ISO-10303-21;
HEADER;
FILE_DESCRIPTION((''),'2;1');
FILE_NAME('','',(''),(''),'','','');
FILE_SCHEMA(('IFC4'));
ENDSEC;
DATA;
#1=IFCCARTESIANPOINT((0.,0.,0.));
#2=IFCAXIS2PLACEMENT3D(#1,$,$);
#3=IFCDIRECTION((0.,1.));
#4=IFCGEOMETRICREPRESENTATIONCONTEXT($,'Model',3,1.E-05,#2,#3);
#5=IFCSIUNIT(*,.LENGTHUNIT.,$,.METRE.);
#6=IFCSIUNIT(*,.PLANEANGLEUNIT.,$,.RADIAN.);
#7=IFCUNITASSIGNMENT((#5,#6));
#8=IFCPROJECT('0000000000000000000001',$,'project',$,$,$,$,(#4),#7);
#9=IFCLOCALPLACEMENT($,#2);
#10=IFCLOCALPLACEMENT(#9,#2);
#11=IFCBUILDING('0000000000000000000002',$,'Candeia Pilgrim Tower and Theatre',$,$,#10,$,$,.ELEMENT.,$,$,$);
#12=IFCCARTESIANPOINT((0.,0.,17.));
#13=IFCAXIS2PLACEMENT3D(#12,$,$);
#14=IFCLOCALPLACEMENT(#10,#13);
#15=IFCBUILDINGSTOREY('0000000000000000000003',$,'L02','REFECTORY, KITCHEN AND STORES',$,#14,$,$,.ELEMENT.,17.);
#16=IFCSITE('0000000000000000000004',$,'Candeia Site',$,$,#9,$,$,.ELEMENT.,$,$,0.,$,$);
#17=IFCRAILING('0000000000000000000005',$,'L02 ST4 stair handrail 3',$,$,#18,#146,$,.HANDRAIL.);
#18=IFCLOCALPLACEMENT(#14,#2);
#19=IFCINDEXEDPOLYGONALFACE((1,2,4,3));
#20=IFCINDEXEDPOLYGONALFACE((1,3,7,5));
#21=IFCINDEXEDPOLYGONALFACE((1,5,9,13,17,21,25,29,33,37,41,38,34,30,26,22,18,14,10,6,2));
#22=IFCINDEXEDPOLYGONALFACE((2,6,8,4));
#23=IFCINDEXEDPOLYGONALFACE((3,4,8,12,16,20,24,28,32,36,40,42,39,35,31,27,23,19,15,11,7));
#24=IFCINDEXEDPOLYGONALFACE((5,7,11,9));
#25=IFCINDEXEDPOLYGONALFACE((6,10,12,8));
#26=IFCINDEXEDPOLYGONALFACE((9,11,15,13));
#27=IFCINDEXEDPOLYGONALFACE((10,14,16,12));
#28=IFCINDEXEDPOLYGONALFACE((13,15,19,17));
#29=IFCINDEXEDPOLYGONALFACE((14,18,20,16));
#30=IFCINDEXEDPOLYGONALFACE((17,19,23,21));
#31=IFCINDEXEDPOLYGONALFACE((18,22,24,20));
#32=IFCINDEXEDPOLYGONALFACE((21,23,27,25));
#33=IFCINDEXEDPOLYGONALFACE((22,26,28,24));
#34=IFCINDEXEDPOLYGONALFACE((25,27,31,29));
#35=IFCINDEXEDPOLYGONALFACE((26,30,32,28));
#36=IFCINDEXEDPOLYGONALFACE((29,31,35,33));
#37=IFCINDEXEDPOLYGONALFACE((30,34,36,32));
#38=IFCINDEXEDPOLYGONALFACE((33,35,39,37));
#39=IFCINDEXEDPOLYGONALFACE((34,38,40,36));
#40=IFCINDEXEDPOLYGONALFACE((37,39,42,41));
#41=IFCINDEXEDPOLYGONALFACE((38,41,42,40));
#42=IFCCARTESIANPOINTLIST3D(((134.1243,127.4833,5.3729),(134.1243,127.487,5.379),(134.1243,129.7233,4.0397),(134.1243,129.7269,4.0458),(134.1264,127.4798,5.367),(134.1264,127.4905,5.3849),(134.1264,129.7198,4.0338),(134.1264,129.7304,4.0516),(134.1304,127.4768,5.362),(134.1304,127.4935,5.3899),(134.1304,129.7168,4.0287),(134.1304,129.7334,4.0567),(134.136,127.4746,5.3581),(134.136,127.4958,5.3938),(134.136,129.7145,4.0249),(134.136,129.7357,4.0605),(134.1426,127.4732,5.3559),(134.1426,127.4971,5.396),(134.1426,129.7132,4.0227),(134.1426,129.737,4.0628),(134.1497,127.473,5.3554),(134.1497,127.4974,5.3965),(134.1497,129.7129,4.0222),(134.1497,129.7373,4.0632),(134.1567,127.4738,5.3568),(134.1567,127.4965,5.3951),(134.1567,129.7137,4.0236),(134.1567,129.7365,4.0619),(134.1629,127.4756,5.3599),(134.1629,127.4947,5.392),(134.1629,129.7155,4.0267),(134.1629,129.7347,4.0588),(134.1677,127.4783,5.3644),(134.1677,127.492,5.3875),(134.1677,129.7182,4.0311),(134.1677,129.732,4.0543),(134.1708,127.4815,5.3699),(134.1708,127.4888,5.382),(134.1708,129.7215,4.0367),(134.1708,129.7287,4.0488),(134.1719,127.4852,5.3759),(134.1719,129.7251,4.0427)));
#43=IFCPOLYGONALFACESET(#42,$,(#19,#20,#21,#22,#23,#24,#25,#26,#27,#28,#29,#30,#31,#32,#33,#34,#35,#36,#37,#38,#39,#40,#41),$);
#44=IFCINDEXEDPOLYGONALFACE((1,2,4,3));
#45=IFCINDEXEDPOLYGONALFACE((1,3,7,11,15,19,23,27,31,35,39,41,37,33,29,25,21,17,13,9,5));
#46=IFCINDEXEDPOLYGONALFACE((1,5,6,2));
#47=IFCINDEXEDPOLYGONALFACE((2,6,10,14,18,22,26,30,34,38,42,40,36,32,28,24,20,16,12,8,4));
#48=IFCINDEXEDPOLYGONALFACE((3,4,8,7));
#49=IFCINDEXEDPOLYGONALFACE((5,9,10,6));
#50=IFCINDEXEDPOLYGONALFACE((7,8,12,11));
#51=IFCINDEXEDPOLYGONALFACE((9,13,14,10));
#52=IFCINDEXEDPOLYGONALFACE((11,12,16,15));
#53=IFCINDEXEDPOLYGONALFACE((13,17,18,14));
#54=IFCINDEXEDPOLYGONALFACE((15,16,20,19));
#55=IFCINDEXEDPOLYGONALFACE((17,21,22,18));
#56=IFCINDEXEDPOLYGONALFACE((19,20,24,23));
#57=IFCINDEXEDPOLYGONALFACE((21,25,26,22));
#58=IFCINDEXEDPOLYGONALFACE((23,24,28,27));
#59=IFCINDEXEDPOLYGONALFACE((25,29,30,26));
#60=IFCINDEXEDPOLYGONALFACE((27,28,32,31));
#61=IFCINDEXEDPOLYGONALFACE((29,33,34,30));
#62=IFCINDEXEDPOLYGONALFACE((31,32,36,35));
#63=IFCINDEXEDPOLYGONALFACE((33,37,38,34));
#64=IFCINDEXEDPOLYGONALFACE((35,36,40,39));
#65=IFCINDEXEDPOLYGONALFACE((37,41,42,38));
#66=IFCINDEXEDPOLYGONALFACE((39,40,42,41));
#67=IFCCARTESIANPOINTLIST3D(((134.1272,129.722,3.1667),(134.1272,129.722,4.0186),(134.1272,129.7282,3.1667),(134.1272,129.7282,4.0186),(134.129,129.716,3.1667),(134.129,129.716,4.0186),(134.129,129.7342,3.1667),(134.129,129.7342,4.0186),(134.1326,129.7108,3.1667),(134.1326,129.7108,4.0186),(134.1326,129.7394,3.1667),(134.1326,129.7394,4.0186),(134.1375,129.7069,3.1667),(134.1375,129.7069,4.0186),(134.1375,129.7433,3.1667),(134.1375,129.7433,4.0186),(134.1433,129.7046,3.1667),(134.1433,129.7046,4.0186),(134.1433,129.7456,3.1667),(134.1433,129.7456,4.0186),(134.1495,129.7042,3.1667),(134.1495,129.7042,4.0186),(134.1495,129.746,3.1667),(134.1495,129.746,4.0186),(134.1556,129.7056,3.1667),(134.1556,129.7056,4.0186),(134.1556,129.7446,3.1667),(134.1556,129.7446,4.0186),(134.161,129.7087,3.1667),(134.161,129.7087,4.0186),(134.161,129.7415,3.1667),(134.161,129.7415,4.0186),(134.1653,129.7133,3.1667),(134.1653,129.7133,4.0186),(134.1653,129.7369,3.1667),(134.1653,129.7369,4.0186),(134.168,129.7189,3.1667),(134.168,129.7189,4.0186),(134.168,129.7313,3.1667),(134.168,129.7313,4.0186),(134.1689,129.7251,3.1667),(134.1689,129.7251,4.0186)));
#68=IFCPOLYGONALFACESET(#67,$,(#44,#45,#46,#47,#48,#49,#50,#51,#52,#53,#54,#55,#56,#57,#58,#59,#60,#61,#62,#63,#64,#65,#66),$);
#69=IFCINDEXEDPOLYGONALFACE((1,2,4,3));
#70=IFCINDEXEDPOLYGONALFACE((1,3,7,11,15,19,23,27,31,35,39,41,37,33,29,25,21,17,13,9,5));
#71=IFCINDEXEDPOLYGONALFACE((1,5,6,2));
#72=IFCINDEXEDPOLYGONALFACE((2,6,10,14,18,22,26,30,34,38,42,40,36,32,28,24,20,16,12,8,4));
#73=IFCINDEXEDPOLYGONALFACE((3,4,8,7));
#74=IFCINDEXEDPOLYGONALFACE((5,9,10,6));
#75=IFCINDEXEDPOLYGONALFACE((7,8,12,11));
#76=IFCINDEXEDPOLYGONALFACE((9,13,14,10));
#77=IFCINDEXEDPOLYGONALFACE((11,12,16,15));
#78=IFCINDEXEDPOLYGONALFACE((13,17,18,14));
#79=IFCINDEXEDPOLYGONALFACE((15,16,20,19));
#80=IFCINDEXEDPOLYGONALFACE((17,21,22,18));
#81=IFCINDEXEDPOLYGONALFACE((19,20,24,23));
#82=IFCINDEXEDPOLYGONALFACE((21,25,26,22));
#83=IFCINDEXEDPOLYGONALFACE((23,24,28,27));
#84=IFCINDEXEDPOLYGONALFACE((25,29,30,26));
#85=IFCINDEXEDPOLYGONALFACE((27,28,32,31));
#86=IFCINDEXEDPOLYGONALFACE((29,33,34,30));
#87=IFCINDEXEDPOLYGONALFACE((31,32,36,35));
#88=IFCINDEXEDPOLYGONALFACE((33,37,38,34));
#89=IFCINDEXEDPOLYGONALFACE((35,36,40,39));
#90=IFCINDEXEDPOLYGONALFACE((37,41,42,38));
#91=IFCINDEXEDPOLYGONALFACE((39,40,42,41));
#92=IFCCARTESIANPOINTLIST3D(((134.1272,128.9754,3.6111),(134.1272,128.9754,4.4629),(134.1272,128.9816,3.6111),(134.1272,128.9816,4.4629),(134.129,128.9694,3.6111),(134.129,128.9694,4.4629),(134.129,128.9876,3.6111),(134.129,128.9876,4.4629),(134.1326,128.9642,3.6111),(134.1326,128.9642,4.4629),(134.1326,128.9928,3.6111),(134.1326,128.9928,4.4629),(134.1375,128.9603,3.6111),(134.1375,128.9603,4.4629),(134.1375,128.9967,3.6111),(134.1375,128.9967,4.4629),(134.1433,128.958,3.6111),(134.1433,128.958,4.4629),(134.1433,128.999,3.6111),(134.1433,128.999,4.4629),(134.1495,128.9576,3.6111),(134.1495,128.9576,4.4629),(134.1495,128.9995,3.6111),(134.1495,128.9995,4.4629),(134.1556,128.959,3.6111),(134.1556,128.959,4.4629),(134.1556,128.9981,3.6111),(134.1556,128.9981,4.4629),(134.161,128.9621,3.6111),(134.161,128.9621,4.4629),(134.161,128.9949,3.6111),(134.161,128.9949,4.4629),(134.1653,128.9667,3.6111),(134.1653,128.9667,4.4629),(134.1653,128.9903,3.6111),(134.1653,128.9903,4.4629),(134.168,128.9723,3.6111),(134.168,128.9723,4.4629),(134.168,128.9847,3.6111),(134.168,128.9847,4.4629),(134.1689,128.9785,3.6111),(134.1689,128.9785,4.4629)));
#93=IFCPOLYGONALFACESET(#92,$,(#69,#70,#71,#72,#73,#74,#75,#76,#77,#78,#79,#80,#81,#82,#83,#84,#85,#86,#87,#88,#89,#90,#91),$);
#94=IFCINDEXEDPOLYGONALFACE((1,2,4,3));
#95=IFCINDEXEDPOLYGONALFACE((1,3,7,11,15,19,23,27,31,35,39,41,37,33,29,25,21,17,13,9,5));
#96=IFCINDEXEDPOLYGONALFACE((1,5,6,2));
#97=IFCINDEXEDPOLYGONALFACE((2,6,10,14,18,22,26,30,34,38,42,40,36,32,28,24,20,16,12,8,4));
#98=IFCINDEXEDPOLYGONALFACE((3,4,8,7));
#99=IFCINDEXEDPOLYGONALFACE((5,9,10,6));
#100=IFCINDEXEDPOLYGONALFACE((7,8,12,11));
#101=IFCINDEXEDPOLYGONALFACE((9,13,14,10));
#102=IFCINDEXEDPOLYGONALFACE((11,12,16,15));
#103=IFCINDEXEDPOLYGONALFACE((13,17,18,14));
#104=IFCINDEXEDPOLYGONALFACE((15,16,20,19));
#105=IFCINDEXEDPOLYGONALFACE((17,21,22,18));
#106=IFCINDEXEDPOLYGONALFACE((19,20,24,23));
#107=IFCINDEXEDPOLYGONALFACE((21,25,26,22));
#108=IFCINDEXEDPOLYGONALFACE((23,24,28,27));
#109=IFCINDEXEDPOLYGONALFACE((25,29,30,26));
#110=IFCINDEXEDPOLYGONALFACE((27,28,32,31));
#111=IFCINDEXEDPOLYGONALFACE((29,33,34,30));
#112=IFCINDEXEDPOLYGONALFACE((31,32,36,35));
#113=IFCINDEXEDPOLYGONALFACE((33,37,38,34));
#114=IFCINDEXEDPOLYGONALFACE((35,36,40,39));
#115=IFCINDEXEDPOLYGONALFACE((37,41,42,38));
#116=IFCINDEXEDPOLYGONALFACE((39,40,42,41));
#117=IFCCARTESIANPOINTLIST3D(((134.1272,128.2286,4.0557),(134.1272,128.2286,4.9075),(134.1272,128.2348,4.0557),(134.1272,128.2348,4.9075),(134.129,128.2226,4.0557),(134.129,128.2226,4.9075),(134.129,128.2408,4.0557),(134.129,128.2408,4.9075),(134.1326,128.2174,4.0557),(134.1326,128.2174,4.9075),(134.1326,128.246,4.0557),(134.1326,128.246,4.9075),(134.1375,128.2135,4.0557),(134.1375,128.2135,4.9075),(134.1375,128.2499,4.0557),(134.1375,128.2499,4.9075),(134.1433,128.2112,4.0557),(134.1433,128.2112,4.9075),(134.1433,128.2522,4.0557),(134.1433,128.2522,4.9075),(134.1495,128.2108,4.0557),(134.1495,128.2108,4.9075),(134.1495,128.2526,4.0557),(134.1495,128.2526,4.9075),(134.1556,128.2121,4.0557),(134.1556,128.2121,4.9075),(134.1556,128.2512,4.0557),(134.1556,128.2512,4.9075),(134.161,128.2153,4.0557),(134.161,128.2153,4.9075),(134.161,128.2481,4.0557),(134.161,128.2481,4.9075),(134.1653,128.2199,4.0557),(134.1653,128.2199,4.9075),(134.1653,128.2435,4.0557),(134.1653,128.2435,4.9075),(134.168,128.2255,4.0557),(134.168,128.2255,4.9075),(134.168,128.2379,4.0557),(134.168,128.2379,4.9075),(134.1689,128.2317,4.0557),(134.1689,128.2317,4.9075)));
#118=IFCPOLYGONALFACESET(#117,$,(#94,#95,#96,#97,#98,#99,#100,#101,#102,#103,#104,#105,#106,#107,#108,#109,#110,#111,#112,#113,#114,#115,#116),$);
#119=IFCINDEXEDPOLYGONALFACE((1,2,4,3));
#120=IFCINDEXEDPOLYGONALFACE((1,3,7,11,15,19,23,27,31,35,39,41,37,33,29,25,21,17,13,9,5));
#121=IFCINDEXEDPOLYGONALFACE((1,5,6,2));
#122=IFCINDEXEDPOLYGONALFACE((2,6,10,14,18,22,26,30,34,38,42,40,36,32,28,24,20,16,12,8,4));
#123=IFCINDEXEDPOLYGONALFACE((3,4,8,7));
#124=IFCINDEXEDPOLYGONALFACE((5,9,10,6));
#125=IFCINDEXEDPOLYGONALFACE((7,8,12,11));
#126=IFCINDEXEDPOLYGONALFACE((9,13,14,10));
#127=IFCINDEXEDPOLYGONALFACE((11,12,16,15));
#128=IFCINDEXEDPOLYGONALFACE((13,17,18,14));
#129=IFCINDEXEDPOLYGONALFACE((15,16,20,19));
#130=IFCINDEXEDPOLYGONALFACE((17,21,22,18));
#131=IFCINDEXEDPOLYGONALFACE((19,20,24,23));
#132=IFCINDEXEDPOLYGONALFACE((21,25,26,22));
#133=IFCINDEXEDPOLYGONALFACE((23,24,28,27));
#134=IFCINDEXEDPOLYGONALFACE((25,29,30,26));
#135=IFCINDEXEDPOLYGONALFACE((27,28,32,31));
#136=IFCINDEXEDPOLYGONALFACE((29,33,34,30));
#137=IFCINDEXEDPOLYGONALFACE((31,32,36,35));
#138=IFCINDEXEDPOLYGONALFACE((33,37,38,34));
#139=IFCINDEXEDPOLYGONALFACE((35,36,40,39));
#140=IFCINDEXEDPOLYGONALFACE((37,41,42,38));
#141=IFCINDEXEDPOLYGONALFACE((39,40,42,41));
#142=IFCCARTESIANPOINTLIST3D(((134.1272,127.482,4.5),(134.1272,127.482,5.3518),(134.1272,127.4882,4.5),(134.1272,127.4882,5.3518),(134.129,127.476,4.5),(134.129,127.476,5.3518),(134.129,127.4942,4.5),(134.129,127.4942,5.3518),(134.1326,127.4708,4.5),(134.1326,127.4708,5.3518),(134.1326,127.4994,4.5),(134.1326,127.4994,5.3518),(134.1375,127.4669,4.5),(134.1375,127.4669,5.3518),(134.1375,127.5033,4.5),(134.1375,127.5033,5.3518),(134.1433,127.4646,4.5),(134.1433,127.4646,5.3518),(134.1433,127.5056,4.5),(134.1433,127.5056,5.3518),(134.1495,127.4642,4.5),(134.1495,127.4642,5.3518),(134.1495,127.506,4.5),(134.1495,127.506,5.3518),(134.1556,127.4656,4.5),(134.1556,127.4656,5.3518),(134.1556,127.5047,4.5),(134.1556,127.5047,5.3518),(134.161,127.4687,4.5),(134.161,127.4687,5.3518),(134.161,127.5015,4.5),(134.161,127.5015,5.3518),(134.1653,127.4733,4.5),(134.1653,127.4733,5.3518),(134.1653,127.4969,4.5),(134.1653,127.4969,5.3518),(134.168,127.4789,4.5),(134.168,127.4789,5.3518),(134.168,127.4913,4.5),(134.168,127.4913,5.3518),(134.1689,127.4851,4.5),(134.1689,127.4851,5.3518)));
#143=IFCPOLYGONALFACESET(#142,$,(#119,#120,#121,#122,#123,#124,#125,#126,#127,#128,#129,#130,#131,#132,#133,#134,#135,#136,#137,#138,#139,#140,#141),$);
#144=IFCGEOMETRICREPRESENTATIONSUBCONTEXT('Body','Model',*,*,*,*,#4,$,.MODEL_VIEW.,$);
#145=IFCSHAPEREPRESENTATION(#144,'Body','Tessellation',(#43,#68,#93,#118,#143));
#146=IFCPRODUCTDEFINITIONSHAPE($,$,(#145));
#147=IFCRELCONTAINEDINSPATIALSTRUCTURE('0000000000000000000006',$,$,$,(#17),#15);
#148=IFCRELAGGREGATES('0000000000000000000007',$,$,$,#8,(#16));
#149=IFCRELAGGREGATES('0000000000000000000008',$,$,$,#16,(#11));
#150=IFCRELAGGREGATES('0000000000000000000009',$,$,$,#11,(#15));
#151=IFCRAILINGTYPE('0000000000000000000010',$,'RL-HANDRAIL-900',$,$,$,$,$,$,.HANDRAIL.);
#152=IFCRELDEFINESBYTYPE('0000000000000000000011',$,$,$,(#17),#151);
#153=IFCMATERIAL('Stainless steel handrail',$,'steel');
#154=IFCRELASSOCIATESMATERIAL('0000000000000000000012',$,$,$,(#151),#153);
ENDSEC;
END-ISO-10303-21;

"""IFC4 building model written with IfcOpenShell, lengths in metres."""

from ifc_helpers import new_model, si_unit, direction, frame, origin, origin_2d, place, context, subcontext, project, spatial, circle, extrude, material, type_object, element, save


model = new_model("IFC4")

# Units and contexts
model_context = context("Model", 3, precision=1e-05, world=origin(), true_north=direction((0.0, 1.0)))
body_context = subcontext(model_context, "Body", "Model", "MODEL_VIEW")
ifc_project = project(units=[si_unit("LENGTHUNIT", "METRE"), si_unit("PLANEANGLEUNIT", "RADIAN")], contexts=[model_context])

# Site, building, storey
site_placement = place(None, origin())
site = spatial("IfcSite", under=ifc_project, at=site_placement, Name="Candeia Site", CompositionType="ELEMENT", RefElevation=0.0)
building_placement = place(site_placement, origin())
building = spatial("IfcBuilding", under=site, at=building_placement, Name="Candeia Pilgrim Tower and Theatre", CompositionType="ELEMENT")
storey_placement = place(building_placement, frame((0.0, 0.0, 17.0)))
storey = spatial("IfcBuildingStorey", under=building, at=storey_placement, Name="L02", Description="REFECTORY, KITCHEN AND STORES", CompositionType="ELEMENT", Elevation=17.0)

# Railing
ifc_material_1 = material(Name="Stainless steel handrail", Category="steel")
railing_type_1 = type_object("IfcRailingType", Name="RL-HANDRAIL-900", PredefinedType="HANDRAIL", material=ifc_material_1)
for number, where, name in (
    (1, (134.1479, 129.7251, 3.1667), "L02 ST4 stair handrail 3"),
):
    element("IfcRailing", number, at=place(storey_placement, frame(where)), inside=storey, type_object=railing_type_1, Name=name, PredefinedType="HANDRAIL", context=body_context, shape_type="SweptSolid", body=[
        extrude(circle(Radius=0.0239, at=origin_2d()), frame((0.0, 0.0, 0.876), z_axis=(0.0, -0.859306, 0.511462), x_axis=(1.0, 0.0, 0.0)), (0.0, 0.0, 1.0), 2.6067),
        extrude(circle(Radius=0.021, at=origin_2d()), origin(), (0.0, 0.0, 1.0), 0.8518),
        extrude(circle(Radius=0.021, at=origin_2d()), frame((0.0, -0.7466, 0.4443)), (0.0, 0.0, 1.0), 0.8518),
        extrude(circle(Radius=0.021, at=origin_2d()), frame((0.0, -1.4934, 0.8889)), (0.0, 0.0, 1.0), 0.8518),
        extrude(circle(Radius=0.021, at=origin_2d()), frame((0.0, -2.24, 1.3333)), (0.0, 0.0, 1.0), 0.8518),
    ])

save(model, "model.ifc")
